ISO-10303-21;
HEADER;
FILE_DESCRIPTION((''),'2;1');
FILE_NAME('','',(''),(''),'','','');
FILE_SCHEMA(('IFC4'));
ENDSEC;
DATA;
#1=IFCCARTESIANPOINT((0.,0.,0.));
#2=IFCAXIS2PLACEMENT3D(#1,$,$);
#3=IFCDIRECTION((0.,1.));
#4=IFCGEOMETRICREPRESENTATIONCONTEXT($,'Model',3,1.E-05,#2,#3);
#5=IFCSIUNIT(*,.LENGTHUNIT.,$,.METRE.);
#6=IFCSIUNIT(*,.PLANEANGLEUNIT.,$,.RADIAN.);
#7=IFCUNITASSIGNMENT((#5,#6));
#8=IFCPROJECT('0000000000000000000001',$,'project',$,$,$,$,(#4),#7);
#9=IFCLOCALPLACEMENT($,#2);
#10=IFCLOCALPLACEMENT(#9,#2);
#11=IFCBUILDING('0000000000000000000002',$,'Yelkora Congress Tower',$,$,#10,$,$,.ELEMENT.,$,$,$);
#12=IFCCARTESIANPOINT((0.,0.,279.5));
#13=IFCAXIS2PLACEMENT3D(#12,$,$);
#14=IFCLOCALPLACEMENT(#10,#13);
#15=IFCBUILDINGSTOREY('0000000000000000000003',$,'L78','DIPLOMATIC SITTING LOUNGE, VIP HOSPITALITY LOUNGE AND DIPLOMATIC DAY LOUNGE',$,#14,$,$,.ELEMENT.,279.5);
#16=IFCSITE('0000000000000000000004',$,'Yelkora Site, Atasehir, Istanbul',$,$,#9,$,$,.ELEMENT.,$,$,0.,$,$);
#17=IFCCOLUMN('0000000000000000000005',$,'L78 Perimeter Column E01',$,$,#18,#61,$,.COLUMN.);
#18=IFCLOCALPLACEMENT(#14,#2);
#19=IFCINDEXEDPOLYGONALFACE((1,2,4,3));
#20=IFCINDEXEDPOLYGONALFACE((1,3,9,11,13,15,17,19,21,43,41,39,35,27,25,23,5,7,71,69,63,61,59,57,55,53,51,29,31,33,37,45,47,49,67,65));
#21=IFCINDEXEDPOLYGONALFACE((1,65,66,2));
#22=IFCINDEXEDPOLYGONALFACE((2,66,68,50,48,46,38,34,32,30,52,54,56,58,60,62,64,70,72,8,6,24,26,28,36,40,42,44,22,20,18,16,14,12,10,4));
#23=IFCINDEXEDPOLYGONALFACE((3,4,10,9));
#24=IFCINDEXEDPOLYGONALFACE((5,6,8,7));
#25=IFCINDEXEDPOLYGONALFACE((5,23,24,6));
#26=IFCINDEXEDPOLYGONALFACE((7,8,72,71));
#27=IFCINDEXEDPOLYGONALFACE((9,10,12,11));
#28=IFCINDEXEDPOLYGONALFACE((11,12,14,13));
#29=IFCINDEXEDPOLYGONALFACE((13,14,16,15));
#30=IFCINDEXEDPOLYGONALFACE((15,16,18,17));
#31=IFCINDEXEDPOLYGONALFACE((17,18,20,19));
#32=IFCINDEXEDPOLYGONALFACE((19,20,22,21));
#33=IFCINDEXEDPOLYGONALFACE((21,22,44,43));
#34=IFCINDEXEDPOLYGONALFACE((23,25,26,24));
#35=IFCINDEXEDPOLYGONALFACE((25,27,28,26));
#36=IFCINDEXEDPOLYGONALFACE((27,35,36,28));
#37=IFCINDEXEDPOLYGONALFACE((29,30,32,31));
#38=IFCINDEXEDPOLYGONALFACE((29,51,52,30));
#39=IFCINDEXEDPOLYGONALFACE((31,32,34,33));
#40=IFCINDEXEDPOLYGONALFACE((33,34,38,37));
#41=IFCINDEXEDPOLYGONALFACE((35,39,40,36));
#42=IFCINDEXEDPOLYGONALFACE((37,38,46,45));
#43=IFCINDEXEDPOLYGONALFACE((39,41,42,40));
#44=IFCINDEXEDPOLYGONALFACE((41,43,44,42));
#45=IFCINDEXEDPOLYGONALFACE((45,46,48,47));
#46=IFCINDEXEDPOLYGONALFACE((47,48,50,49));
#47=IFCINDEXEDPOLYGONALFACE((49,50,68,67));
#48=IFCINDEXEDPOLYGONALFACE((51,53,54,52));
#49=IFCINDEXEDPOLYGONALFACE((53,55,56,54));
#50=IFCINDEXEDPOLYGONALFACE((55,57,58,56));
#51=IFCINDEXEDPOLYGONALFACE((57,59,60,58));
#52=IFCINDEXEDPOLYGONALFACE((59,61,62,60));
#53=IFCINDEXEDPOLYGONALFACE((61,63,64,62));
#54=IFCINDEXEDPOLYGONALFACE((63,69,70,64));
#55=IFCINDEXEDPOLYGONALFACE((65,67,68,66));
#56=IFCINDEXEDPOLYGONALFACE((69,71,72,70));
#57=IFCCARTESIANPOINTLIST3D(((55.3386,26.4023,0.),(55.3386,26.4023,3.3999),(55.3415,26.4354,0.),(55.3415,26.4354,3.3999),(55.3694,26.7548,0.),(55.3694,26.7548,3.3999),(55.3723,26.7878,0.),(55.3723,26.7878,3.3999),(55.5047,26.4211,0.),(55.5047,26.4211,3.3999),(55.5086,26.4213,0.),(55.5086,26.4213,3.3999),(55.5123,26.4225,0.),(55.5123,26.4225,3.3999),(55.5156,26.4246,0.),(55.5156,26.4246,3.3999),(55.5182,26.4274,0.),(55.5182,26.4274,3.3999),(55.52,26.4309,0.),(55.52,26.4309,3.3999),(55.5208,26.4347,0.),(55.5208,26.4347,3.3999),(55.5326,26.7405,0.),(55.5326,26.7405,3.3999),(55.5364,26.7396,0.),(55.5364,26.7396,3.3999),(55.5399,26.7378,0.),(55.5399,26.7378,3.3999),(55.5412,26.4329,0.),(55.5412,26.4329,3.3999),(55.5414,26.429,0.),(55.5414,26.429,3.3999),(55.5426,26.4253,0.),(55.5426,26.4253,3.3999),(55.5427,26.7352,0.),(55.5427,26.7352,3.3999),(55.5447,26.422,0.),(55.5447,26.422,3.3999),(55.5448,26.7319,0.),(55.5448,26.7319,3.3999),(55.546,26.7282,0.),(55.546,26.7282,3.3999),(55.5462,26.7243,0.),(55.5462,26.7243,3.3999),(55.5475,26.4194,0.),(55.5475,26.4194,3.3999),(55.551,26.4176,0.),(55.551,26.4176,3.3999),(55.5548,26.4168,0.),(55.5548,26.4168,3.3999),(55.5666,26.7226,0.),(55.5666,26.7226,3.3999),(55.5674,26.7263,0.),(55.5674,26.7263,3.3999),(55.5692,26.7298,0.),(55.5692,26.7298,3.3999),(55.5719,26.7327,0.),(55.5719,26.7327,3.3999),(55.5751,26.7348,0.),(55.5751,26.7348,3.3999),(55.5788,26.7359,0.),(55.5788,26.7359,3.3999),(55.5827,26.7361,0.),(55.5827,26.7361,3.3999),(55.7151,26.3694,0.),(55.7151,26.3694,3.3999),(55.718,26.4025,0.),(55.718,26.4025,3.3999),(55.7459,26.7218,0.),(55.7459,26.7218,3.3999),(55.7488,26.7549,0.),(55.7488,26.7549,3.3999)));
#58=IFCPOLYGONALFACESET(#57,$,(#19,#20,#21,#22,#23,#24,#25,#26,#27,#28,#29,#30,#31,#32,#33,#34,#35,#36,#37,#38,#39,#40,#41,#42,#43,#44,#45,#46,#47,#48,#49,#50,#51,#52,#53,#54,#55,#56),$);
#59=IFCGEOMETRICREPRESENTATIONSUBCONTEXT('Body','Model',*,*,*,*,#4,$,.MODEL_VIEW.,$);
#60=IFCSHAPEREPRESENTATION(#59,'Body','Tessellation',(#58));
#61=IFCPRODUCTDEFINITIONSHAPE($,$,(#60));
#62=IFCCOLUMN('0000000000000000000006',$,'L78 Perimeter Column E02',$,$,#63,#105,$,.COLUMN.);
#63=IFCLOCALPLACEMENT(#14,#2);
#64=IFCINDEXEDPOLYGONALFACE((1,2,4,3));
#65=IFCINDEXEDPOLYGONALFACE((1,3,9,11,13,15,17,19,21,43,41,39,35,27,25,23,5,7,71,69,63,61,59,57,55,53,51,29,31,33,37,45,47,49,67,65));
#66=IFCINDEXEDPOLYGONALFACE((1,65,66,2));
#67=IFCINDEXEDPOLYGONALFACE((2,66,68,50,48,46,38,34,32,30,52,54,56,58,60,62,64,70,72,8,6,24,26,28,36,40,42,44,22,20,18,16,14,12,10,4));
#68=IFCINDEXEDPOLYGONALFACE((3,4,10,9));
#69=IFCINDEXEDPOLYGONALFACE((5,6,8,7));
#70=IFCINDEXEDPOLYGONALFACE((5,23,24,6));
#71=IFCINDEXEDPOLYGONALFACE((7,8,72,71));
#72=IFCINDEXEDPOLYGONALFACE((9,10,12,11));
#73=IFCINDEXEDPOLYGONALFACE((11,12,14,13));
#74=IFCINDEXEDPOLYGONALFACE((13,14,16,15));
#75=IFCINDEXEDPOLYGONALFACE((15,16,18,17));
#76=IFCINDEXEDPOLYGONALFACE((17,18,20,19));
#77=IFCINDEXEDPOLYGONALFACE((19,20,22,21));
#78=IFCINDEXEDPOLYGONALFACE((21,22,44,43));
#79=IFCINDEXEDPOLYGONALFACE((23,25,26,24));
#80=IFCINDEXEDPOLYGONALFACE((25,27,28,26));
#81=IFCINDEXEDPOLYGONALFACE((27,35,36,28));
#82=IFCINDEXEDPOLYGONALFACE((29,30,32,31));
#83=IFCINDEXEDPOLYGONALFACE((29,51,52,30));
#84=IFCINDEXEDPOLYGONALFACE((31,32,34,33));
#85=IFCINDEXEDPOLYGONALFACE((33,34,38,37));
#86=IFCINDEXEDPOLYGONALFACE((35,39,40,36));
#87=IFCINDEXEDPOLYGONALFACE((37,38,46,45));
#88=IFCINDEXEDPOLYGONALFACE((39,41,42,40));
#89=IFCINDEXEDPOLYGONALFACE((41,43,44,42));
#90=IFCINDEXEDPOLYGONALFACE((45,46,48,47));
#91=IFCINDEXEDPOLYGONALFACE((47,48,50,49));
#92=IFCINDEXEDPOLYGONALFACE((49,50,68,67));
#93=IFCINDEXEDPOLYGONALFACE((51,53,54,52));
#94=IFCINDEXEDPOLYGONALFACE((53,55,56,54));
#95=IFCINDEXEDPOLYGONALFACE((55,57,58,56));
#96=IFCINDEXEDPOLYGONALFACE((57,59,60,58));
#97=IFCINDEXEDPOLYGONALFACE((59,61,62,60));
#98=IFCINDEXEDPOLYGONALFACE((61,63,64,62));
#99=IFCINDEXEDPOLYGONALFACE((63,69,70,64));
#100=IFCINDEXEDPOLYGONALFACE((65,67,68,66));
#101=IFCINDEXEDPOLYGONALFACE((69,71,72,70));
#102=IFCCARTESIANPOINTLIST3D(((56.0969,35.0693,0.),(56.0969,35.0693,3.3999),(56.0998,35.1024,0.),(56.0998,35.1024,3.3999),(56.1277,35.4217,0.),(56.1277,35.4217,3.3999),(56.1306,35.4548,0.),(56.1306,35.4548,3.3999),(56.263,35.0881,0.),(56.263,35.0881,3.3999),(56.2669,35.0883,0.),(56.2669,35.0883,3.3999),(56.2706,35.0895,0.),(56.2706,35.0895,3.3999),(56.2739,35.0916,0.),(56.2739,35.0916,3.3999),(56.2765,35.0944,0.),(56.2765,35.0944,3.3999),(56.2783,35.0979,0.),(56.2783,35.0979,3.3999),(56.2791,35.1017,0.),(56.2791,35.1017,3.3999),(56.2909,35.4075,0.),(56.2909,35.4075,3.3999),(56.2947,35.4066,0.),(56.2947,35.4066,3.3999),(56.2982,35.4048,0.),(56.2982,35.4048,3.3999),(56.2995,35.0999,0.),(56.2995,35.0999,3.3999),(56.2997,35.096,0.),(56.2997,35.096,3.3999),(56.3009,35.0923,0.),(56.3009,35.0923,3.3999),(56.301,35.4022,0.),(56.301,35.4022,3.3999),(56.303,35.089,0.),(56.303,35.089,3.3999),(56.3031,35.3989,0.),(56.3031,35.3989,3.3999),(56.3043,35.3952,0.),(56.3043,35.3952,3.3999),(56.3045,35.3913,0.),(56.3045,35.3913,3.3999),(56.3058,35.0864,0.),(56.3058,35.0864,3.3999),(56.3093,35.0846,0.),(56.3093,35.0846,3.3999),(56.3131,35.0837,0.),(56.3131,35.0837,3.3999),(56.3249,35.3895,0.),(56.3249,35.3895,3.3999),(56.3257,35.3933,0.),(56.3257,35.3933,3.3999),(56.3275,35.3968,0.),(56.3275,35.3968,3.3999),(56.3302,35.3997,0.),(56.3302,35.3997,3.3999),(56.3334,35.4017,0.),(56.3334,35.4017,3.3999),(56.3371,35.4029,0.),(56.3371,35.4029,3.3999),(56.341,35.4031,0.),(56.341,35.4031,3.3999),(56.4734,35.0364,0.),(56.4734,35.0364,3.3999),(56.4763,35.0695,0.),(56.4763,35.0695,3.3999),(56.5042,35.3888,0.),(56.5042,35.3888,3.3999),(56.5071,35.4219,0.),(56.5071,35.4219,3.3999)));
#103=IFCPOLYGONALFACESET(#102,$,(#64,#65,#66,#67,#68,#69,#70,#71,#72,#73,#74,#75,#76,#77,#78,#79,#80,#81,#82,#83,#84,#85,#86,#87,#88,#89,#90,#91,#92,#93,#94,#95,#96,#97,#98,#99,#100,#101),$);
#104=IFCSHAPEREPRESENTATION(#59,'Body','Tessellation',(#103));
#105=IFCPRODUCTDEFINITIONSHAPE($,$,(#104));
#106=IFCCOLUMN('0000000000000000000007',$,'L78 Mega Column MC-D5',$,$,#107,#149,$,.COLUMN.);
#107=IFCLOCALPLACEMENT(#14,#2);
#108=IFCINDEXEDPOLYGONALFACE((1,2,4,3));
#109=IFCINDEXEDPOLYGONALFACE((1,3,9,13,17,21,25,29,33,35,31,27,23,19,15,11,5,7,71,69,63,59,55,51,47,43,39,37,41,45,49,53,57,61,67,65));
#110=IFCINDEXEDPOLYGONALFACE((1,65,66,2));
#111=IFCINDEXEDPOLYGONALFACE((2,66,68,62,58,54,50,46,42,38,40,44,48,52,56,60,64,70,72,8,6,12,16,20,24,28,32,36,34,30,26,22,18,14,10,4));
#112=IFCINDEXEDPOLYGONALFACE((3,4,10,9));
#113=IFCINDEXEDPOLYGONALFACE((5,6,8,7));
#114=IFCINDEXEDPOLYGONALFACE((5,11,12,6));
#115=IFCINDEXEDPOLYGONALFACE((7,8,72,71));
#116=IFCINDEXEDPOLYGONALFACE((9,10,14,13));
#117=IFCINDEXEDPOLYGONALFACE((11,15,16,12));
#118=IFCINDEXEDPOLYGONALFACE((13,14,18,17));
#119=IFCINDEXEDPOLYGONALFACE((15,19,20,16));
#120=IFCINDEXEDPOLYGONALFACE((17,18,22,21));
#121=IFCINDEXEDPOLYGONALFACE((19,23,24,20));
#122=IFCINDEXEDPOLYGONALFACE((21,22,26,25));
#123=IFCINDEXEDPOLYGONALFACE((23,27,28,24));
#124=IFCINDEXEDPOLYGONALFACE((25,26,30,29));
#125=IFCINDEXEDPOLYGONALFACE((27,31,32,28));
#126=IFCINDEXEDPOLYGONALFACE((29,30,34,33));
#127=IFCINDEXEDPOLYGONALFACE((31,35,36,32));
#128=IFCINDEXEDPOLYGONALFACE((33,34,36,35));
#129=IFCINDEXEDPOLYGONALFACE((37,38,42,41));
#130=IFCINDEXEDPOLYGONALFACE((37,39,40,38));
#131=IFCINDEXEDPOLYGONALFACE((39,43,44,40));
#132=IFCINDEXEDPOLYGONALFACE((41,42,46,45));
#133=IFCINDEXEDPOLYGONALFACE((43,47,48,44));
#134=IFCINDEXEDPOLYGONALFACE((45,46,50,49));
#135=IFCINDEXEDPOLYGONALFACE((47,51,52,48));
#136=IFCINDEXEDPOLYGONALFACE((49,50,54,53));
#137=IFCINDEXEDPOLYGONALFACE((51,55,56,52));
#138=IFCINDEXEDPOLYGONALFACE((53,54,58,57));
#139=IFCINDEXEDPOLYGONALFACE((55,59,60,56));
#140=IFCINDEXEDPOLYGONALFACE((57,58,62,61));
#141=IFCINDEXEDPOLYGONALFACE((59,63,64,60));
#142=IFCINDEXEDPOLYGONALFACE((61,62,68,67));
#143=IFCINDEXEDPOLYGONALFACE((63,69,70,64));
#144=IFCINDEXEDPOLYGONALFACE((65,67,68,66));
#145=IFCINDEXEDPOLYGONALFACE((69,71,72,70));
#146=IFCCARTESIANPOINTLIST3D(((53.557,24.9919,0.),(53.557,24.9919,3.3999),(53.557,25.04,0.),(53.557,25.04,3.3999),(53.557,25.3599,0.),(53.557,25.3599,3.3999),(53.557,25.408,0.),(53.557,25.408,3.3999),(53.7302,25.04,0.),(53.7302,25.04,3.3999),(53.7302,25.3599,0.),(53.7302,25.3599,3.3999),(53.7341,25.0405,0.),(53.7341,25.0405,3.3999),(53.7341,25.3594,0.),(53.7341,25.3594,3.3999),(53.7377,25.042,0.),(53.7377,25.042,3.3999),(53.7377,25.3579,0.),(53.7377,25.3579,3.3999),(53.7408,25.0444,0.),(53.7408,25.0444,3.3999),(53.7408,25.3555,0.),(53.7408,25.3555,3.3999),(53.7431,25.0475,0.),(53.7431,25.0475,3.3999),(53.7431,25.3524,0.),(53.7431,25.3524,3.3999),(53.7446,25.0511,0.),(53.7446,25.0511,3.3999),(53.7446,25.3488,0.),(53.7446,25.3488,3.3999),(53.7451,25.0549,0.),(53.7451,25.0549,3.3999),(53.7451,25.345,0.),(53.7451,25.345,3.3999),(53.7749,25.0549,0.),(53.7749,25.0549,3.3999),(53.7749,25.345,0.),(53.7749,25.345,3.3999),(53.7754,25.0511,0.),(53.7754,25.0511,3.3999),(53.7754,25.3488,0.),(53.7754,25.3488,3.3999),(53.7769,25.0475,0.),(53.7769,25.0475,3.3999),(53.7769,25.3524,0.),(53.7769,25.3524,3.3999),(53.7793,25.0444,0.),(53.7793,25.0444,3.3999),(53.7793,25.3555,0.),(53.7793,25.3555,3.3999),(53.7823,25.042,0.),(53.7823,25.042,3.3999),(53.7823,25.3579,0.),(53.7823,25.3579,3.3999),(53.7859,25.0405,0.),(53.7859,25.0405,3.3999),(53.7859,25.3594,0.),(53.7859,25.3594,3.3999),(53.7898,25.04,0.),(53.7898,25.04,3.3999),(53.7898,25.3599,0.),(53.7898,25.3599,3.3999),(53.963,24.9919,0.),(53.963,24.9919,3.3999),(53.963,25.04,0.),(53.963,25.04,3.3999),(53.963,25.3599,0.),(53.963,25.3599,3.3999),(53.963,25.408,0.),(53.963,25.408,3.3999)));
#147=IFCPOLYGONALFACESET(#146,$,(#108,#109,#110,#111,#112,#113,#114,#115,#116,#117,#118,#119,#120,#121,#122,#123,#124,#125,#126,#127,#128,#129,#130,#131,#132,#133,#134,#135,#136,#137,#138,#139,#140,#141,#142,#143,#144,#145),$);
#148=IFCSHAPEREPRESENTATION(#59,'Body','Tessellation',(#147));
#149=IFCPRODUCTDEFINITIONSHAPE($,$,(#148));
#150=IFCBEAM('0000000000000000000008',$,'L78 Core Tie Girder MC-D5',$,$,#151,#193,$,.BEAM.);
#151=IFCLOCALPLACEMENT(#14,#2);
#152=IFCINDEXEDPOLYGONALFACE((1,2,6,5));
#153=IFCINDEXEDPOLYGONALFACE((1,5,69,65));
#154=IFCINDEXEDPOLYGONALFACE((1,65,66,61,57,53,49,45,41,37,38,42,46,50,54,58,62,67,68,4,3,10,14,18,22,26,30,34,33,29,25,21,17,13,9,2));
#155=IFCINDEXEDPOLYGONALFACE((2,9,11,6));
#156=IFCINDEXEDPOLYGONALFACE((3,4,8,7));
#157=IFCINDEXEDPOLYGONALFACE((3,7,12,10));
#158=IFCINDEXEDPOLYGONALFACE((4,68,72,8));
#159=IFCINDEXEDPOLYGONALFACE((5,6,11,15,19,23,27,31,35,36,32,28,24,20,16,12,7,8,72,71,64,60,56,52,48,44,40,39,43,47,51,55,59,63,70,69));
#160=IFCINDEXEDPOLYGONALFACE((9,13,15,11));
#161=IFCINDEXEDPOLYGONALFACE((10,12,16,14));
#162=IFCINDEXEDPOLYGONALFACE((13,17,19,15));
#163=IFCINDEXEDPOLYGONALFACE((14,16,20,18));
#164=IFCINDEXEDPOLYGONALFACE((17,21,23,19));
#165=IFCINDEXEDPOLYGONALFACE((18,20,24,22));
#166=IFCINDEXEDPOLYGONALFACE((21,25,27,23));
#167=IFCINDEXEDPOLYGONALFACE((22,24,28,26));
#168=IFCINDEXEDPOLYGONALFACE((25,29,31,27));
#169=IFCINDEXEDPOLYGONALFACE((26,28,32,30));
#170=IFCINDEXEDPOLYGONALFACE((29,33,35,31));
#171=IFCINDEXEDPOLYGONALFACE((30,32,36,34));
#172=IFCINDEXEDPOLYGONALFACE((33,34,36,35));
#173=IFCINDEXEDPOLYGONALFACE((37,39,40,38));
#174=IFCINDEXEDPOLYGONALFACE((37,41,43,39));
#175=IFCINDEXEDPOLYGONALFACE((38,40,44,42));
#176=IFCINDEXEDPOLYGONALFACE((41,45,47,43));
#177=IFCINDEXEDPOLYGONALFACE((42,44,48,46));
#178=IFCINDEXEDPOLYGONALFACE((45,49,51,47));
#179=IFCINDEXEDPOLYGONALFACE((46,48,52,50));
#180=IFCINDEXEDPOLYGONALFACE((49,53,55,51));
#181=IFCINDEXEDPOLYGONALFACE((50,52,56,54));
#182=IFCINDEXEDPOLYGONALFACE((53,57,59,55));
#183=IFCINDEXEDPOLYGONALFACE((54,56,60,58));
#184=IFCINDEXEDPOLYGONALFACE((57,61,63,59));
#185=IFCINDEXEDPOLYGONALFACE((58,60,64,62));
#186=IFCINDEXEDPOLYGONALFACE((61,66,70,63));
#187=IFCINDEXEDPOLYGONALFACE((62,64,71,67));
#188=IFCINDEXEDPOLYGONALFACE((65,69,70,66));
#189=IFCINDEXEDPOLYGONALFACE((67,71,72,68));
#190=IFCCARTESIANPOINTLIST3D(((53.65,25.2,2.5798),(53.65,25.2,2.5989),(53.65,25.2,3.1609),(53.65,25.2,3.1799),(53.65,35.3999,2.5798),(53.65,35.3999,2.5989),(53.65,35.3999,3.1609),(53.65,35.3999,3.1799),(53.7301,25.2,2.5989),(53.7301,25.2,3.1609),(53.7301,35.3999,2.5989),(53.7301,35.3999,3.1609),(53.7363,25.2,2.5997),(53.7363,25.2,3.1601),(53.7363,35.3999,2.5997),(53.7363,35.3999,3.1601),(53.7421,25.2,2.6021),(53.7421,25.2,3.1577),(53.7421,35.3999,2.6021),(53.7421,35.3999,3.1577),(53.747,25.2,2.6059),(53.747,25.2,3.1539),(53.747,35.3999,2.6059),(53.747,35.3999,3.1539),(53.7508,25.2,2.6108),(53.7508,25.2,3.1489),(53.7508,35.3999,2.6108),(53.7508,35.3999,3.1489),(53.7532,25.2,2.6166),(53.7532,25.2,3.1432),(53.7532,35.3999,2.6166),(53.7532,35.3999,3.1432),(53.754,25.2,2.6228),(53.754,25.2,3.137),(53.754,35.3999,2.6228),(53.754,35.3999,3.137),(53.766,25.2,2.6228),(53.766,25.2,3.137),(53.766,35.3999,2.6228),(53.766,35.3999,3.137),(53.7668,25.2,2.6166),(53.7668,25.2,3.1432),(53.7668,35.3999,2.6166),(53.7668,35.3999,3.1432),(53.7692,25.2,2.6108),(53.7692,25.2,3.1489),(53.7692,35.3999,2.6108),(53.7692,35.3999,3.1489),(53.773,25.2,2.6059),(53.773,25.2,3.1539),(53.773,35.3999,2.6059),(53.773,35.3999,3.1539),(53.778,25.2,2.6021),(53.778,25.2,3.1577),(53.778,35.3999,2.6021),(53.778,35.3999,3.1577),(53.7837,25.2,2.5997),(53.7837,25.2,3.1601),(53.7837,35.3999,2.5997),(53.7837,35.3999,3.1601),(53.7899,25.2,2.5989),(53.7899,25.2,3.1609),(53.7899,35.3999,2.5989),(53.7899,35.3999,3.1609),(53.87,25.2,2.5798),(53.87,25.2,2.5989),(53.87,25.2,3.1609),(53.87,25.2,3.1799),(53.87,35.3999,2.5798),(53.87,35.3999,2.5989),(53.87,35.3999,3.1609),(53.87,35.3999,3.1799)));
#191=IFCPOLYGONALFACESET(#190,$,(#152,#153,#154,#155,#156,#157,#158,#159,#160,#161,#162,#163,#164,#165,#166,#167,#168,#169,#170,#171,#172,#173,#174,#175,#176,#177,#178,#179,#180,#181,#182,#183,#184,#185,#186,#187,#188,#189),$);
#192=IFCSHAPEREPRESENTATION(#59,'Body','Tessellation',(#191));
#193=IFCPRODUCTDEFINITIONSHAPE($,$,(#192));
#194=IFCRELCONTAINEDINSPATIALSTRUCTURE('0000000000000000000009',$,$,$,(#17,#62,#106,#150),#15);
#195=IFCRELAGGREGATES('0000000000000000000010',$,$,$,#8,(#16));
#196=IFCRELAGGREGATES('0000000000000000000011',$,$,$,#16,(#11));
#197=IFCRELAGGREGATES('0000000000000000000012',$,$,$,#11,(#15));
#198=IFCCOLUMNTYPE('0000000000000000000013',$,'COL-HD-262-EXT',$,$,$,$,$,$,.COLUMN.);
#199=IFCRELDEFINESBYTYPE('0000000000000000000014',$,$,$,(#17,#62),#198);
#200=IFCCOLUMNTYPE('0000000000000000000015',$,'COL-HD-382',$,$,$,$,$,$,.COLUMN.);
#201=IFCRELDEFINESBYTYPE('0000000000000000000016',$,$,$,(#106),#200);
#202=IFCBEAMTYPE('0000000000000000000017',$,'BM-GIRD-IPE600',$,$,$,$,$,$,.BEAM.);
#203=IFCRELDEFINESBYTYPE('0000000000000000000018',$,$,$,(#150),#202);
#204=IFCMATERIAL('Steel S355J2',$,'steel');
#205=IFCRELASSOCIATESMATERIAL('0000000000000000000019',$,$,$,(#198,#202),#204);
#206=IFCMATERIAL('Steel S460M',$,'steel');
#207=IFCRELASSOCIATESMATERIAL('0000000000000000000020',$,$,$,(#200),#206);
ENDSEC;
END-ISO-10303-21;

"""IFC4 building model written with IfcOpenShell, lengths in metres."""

from ifc_helpers import new_model, si_unit, direction, frame, origin, origin_2d, place, context, subcontext, project, spatial, i_section, extrude, material, material_profile, profile_set, type_object, element, save


model = new_model("IFC4")

# Units and contexts
model_context = context("Model", 3, precision=1e-05, world=origin(), true_north=direction((0.0, 1.0)))
body_context = subcontext(model_context, "Body", "Model", "MODEL_VIEW")
ifc_project = project(units=[si_unit("LENGTHUNIT", "METRE"), si_unit("PLANEANGLEUNIT", "RADIAN")], contexts=[model_context])

# Site, building, storey
site_placement = place(None, origin())
site = spatial("IfcSite", under=ifc_project, at=site_placement, Name="Yelkora Site, Atasehir, Istanbul", CompositionType="ELEMENT", RefElevation=0.0)
building_placement = place(site_placement, origin())
building = spatial("IfcBuilding", under=site, at=building_placement, Name="Yelkora Congress Tower", CompositionType="ELEMENT")
storey_placement = place(building_placement, frame((0.0, 0.0, 279.5)))
storey = spatial("IfcBuildingStorey", under=building, at=storey_placement, Name="L78", Description="DIPLOMATIC SITTING LOUNGE, VIP HOSPITALITY LOUNGE AND DIPLOMATIC DAY LOUNGE", CompositionType="ELEMENT", Elevation=279.5)

# Columns
ifc_material_1 = material(Name="Steel S355J2", Category="steel")
ifc_material_profile_1 = material_profile(ifc_material_1, i_section(OverallWidth=0.3779, OverallDepth=0.387, WebThickness=0.0205, FlangeThickness=0.0332, FilletRadius=0.0149, at=origin_2d()), Name="HD 360x262")
ifc_profile_set_1 = profile_set([ifc_material_profile_1], Name="Steel S355J2")
column_type_1 = type_object("IfcColumnType", Name="COL-HD-262-EXT", PredefinedType="COLUMN", material=ifc_profile_set_1)
for number, where, z_axis, x_axis, name in (
    (1, (55.5437, 26.5786, 0.0), (0.0, 0.0, 1.0), (0.996195, -0.087156, 0.0), "L78 Perimeter Column E01"),
    (2, (56.302, 35.2456, 0.0), (0.0, 0.0, 1.0), (0.996195, -0.087156, 0.0), "L78 Perimeter Column E02"),
):
    element("IfcColumn", number, at=place(storey_placement, frame(where, z_axis=z_axis, x_axis=x_axis)), inside=storey, type_object=column_type_1, Name=name, PredefinedType="COLUMN", context=body_context, shape_type="SweptSolid", body=[
        extrude(i_section(OverallWidth=0.3779, OverallDepth=0.387, WebThickness=0.0205, FlangeThickness=0.0332, FilletRadius=0.0149, at=origin_2d()), origin(), (0.0, 0.0, 1.0), 3.3999),
    ])
ifc_material_2 = material(Name="Steel S460M", Category="steel")
ifc_material_profile_2 = material_profile(ifc_material_2, i_section(OverallWidth=0.406, OverallDepth=0.416, WebThickness=0.0298, FlangeThickness=0.0481, FilletRadius=0.0149, at=origin_2d()), Name="HD 400x382")
ifc_profile_set_2 = profile_set([ifc_material_profile_2], Name="Steel S460M")
column_type_2 = type_object("IfcColumnType", Name="COL-HD-382", PredefinedType="COLUMN", material=ifc_profile_set_2)
column_placement = place(storey_placement, frame((53.76, 25.2, 0.0), z_axis=(0.0, 0.0, 1.0), x_axis=(1.0, 0.0, 0.0)))
element("IfcColumn", 3, at=column_placement, inside=storey, type_object=column_type_2, Name="L78 Mega Column MC-D5", PredefinedType="COLUMN", context=body_context, shape_type="SweptSolid", body=[
    extrude(i_section(OverallWidth=0.406, OverallDepth=0.416, WebThickness=0.0298, FlangeThickness=0.0481, FilletRadius=0.0149, at=origin_2d()), origin(), (0.0, 0.0, 1.0), 3.3999),
])

# Beam
ifc_material_profile_3 = material_profile(ifc_material_1, i_section(OverallWidth=0.22, OverallDepth=0.6001, WebThickness=0.012, FlangeThickness=0.019, FilletRadius=0.0239, at=origin_2d()), Name="IPE 600")
ifc_profile_set_3 = profile_set([ifc_material_profile_3], Name="Steel S355J2")
beam_type_1 = type_object("IfcBeamType", Name="BM-GIRD-IPE600", PredefinedType="BEAM", material=ifc_profile_set_3)
beam_1_placement = place(storey_placement, frame((53.76, 25.2, 2.8799), z_axis=(0.0, 1.0, 0.0), x_axis=(-1.0, 0.0, 0.0)))
element("IfcBeam", 4, at=beam_1_placement, inside=storey, type_object=beam_type_1, Name="L78 Core Tie Girder MC-D5", PredefinedType="BEAM", context=body_context, shape_type="SweptSolid", body=[
    extrude(i_section(OverallWidth=0.22, OverallDepth=0.6001, WebThickness=0.012, FlangeThickness=0.019, FilletRadius=0.0239, at=origin_2d()), origin(), (0.0, 0.0, 1.0), 10.2),
])

save(model, "model.ifc")
